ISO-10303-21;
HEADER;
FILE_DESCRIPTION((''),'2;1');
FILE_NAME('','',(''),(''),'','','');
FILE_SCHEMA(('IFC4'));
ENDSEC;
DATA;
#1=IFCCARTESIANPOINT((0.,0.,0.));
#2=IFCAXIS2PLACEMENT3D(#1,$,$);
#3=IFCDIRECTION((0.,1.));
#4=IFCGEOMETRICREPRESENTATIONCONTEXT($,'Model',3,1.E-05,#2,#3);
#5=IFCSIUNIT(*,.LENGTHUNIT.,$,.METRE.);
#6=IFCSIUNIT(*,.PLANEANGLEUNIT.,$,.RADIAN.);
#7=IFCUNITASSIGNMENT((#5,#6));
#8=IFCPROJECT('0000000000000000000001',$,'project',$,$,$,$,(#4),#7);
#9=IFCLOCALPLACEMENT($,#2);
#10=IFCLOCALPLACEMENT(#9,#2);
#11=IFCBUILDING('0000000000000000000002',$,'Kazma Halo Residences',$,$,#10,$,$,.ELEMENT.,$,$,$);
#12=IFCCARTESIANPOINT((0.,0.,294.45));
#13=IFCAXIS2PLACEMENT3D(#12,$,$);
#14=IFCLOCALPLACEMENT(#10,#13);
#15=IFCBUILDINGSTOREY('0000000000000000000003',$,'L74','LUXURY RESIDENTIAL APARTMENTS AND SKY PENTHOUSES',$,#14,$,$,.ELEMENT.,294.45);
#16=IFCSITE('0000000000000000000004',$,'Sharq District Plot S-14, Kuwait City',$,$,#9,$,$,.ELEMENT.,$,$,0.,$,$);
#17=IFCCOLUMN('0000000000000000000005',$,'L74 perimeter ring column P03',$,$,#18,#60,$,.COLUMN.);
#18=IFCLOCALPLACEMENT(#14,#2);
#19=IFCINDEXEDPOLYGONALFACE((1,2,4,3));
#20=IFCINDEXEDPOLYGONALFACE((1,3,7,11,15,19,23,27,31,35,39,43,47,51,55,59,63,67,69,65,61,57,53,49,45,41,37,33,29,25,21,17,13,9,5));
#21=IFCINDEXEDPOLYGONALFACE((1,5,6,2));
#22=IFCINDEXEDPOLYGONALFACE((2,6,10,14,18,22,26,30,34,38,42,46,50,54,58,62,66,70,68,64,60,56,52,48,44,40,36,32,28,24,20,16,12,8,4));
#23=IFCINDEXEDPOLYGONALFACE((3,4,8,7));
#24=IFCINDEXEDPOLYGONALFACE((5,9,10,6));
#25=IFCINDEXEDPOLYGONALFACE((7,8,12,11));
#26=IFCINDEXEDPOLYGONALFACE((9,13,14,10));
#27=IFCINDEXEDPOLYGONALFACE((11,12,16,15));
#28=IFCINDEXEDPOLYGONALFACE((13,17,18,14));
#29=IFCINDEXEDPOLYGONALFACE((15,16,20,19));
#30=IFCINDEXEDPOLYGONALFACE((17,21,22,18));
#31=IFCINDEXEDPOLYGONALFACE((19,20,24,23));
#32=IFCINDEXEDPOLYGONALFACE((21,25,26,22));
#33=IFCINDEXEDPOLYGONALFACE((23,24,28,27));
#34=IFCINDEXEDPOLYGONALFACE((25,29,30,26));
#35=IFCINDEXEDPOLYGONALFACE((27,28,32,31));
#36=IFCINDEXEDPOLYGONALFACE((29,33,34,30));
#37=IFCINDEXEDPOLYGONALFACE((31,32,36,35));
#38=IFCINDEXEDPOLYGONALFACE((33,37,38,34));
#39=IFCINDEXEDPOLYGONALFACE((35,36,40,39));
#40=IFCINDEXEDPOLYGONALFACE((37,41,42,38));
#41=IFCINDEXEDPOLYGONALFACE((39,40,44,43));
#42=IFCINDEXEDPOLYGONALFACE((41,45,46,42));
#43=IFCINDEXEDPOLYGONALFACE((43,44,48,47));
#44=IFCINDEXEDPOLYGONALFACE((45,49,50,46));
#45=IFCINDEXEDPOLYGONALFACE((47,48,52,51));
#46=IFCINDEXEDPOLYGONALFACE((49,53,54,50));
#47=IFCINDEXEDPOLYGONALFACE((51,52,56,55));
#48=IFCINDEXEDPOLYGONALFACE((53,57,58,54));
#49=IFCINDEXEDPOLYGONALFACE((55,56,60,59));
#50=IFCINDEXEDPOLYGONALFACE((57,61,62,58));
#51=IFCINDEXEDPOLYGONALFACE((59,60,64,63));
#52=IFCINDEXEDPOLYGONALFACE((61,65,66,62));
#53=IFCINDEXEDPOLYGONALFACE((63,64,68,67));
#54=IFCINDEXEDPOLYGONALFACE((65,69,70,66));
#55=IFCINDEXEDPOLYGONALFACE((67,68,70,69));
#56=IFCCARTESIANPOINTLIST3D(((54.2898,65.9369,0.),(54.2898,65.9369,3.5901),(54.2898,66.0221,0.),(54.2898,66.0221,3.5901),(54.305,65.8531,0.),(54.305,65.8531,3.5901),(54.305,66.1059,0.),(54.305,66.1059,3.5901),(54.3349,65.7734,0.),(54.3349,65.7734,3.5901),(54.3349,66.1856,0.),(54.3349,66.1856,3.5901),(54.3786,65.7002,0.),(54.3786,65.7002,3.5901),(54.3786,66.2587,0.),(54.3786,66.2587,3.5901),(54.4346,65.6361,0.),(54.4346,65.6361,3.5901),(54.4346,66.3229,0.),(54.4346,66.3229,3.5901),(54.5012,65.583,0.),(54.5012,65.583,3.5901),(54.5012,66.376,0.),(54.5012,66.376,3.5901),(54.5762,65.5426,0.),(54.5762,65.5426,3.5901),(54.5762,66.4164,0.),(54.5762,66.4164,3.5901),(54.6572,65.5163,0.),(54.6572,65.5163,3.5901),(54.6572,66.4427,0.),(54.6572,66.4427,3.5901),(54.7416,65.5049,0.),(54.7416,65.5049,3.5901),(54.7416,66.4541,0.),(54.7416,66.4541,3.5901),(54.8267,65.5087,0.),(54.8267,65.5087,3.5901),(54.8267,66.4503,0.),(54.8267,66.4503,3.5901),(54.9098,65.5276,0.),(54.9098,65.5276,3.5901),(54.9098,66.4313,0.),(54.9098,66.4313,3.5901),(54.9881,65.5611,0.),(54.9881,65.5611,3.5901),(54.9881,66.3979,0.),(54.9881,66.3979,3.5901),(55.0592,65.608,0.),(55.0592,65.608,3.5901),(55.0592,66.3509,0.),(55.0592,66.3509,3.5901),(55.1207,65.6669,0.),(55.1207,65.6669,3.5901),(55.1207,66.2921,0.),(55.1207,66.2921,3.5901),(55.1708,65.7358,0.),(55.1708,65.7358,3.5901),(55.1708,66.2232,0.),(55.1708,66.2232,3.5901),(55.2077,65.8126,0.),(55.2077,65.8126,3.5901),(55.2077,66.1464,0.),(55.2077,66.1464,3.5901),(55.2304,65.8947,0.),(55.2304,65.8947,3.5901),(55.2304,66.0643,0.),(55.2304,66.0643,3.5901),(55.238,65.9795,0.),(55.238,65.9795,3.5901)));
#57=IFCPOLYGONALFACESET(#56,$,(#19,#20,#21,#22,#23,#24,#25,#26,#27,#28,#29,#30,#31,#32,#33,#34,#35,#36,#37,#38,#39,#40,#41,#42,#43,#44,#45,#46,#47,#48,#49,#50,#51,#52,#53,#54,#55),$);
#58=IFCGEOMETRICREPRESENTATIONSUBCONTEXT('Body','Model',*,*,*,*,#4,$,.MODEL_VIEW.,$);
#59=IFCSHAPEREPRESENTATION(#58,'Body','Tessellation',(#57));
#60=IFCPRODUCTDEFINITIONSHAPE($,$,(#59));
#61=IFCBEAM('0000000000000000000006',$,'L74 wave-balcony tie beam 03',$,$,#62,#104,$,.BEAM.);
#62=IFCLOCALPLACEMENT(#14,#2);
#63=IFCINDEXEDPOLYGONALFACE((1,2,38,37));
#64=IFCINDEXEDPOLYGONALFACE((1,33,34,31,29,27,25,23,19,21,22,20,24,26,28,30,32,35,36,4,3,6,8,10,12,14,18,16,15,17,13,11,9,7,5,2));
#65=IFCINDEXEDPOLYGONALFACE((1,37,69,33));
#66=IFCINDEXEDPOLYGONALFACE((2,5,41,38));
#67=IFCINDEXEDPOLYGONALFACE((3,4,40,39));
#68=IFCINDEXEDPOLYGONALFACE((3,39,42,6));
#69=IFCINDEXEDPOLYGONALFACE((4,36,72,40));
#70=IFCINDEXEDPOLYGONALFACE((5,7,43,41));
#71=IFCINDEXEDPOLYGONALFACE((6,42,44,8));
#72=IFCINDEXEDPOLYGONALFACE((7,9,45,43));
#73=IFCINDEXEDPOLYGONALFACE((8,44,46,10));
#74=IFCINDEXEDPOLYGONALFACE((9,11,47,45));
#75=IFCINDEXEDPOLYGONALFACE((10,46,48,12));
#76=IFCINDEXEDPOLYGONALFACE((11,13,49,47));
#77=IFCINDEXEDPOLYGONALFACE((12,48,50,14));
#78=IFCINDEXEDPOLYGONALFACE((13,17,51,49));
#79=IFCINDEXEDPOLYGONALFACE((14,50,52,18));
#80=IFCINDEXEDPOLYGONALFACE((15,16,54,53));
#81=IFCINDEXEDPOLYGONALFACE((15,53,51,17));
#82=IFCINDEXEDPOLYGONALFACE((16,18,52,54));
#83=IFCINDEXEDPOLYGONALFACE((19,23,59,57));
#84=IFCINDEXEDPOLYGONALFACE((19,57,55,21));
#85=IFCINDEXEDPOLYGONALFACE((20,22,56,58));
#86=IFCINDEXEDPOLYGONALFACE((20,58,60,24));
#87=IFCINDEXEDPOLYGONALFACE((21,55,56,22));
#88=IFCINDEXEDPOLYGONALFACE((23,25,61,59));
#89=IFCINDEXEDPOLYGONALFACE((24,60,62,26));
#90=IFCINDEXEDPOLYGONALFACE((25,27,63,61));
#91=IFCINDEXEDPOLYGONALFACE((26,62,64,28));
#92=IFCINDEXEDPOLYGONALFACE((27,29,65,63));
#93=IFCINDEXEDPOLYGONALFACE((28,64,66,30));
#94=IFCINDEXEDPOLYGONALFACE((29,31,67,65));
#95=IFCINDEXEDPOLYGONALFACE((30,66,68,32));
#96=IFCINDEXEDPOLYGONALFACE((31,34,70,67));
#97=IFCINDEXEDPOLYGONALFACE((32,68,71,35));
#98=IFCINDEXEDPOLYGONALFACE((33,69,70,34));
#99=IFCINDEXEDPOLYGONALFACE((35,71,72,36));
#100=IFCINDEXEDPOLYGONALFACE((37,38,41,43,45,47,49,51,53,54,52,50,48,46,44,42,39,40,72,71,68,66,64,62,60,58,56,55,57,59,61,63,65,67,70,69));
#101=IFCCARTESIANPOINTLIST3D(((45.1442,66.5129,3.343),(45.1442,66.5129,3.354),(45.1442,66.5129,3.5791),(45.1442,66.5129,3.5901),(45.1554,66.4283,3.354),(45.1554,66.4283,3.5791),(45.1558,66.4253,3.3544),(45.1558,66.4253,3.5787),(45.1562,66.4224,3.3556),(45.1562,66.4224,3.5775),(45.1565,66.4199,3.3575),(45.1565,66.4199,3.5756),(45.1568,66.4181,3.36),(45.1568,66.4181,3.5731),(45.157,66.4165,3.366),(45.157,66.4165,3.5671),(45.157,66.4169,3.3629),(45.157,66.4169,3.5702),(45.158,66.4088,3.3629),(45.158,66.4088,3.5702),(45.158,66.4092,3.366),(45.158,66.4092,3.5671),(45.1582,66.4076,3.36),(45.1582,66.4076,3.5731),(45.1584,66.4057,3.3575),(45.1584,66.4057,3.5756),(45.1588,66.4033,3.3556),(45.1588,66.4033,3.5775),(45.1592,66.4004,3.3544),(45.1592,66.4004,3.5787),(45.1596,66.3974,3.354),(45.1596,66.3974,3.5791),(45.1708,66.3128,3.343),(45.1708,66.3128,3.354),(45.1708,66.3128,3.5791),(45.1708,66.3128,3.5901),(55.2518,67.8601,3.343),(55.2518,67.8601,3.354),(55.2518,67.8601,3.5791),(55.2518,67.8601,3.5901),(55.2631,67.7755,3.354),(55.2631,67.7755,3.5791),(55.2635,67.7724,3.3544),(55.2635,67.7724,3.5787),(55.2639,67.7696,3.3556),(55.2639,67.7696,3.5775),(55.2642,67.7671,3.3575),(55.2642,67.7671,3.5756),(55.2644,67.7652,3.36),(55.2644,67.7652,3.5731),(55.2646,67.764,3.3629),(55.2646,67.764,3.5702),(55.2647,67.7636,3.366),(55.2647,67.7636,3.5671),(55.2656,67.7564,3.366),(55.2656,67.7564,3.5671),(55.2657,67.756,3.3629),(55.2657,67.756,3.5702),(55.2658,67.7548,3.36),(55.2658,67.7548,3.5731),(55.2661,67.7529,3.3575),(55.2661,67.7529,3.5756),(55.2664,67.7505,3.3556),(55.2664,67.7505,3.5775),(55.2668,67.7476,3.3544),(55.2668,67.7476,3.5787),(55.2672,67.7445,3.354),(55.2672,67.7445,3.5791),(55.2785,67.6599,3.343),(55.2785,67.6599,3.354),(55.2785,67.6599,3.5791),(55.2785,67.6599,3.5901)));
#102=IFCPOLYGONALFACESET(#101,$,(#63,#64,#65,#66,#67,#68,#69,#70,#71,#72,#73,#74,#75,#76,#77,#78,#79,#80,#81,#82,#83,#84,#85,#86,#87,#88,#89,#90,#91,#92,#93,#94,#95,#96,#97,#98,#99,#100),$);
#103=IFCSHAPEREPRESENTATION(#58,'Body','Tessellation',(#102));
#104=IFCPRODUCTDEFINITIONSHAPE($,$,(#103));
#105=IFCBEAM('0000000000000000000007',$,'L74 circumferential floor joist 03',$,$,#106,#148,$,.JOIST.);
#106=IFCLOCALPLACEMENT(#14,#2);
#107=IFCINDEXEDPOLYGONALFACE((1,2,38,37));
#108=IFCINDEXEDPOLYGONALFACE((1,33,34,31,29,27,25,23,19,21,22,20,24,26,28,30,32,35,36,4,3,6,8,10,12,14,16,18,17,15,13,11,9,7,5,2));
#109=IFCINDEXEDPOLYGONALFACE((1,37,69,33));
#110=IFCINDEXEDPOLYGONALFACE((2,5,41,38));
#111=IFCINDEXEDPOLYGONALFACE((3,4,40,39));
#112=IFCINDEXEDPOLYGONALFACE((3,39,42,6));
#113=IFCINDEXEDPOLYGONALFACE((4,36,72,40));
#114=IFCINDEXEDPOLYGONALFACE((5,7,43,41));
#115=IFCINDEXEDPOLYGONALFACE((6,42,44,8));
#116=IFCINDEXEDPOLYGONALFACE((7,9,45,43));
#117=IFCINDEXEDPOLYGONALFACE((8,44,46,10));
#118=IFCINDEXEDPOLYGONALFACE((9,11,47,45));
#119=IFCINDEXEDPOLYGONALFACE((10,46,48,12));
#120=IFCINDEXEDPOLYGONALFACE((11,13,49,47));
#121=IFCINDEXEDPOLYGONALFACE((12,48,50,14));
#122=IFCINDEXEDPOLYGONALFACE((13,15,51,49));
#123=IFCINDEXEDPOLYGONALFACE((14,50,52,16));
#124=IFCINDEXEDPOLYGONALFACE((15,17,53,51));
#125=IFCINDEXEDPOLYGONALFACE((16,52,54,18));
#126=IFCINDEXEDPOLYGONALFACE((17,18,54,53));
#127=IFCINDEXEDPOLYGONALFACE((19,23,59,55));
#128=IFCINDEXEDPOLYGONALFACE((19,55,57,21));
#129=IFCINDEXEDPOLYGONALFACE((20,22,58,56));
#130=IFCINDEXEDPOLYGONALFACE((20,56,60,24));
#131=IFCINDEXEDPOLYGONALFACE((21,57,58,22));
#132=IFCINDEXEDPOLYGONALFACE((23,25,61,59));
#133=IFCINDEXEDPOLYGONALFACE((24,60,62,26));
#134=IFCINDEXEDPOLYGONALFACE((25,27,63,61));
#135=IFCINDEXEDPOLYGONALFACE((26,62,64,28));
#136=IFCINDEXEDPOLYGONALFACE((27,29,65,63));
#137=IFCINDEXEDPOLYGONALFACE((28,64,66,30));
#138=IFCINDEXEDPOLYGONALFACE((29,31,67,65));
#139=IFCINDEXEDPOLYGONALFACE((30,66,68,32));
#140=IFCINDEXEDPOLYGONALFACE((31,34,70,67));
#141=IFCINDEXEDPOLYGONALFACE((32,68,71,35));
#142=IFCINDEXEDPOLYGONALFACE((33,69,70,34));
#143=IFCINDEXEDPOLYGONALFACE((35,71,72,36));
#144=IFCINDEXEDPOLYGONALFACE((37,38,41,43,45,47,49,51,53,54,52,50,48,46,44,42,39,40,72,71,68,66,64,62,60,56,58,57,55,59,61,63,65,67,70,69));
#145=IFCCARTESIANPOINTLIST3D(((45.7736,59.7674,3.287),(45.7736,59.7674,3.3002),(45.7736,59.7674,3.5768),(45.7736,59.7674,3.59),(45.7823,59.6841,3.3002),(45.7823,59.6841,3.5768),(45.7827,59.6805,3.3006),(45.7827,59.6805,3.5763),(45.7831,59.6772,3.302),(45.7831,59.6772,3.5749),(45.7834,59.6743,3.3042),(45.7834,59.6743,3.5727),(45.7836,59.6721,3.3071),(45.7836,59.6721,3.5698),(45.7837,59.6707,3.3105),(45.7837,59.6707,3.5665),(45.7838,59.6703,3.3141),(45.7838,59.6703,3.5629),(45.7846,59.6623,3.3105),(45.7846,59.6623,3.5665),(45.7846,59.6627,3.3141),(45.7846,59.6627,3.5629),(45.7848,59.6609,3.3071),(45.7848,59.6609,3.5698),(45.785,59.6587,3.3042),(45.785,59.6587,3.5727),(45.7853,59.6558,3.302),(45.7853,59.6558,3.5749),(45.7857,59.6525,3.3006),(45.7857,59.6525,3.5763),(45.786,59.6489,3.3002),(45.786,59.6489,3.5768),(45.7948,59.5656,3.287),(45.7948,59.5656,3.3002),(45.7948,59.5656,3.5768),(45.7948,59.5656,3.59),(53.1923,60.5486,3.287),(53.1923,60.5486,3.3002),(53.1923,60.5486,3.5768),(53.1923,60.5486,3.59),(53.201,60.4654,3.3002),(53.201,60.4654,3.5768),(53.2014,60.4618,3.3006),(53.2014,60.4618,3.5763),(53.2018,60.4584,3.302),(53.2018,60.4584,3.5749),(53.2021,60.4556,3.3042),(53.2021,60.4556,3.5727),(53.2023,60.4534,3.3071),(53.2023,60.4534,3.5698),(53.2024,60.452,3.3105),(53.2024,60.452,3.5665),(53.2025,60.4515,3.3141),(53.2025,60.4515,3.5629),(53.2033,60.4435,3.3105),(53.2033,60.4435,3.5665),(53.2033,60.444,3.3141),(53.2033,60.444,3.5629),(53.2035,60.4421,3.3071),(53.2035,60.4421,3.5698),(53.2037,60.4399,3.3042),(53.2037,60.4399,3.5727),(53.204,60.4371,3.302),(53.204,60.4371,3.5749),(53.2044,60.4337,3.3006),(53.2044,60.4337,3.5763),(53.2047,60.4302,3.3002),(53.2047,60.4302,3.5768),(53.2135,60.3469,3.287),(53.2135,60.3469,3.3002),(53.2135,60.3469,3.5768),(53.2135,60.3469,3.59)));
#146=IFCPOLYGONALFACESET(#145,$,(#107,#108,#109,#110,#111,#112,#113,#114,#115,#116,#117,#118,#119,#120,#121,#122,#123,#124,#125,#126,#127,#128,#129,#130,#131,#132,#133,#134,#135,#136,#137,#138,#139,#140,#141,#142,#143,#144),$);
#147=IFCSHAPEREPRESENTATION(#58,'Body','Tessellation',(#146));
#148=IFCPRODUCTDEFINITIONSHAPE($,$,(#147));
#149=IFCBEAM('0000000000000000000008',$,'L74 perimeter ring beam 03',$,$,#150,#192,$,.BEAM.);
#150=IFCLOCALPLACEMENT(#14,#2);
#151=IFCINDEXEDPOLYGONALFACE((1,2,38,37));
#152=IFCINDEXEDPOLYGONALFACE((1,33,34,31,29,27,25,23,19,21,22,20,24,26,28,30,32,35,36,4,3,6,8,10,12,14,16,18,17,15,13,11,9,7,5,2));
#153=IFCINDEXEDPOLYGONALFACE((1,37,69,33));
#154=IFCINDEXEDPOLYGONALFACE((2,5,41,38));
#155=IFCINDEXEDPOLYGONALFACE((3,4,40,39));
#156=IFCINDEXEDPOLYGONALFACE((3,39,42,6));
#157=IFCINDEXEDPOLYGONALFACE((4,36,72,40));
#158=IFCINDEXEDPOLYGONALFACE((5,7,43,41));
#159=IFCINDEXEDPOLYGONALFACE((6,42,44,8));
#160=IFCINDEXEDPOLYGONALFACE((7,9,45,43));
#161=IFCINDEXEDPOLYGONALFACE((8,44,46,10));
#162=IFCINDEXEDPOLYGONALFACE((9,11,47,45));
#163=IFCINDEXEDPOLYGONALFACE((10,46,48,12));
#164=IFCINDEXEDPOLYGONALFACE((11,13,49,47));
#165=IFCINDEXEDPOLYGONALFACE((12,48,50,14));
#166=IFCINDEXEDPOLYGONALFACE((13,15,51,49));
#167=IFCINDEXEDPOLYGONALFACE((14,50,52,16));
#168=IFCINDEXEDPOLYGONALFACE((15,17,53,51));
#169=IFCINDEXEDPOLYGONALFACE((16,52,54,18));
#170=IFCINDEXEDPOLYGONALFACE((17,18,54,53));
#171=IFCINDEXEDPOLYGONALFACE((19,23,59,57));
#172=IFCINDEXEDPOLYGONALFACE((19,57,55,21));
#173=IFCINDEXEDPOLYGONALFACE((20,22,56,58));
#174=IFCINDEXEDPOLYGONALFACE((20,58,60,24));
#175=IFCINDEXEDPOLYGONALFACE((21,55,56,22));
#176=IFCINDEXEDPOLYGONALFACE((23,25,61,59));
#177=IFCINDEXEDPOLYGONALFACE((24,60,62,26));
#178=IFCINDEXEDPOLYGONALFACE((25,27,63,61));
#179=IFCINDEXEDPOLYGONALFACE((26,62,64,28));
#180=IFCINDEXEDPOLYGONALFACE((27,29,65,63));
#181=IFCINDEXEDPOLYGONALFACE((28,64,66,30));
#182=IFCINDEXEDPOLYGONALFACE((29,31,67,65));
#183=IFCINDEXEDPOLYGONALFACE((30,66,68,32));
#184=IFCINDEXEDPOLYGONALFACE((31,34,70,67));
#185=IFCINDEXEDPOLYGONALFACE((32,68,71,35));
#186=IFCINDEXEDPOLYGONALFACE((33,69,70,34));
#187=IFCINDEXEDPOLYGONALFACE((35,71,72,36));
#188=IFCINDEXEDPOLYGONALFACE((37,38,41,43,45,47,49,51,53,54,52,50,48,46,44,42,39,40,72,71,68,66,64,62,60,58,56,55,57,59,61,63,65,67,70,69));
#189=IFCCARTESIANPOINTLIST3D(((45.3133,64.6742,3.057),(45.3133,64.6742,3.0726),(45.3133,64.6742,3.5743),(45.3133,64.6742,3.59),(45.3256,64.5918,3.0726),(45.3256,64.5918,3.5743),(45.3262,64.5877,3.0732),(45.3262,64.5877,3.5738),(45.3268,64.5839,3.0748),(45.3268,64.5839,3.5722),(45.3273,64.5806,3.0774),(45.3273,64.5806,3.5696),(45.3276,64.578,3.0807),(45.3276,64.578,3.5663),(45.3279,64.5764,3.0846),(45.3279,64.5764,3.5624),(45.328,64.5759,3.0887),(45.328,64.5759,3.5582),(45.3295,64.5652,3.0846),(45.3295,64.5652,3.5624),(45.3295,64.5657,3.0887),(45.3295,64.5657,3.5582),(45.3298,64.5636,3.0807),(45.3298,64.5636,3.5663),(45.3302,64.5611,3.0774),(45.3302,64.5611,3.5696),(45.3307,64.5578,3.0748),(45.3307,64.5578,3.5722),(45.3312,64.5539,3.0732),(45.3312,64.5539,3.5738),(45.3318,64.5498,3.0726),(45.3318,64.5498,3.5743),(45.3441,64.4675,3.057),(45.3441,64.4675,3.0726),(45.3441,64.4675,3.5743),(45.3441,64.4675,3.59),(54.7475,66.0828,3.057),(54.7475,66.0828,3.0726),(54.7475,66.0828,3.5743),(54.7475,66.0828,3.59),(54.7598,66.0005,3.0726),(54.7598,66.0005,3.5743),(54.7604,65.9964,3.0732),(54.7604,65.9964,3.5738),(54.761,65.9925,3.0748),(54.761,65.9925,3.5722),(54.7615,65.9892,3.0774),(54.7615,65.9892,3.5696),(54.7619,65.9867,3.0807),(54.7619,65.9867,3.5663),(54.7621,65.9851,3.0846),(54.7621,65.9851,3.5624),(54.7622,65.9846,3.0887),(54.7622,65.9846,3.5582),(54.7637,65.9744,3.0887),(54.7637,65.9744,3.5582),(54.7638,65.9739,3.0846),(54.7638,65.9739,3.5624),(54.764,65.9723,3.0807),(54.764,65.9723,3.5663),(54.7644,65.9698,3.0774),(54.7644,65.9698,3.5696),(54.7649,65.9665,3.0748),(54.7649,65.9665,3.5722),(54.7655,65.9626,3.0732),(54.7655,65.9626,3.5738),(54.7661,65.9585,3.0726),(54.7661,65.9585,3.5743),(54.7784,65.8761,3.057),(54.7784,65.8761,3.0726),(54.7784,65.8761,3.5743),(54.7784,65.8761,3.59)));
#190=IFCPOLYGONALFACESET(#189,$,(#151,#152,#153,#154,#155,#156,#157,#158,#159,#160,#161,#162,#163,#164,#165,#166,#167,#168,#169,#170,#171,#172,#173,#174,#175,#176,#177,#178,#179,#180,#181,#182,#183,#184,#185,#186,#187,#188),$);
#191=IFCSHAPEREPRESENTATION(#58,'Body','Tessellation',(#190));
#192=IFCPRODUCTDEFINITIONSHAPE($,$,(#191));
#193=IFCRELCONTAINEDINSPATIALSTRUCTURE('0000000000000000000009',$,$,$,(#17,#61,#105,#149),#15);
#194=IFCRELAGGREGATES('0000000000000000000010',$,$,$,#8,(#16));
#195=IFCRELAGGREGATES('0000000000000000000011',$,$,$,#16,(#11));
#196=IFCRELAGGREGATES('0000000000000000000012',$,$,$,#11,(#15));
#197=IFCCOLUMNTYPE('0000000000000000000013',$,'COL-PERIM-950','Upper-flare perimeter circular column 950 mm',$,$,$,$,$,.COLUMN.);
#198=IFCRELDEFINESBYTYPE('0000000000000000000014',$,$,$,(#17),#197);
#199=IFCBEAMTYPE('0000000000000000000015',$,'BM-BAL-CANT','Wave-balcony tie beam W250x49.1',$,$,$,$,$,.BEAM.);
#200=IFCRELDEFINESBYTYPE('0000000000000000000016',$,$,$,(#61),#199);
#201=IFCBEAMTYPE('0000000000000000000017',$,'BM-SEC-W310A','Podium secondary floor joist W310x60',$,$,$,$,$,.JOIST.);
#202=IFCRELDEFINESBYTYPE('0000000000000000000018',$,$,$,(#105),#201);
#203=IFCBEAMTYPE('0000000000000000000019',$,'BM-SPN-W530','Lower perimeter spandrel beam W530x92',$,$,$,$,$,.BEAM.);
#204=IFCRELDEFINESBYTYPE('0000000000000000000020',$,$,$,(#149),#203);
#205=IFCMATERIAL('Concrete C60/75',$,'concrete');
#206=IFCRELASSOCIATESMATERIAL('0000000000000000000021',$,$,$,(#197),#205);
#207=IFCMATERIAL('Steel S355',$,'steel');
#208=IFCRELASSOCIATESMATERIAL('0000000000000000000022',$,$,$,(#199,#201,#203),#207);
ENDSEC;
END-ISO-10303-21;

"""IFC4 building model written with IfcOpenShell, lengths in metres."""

from ifc_helpers import new_model, si_unit, direction, frame, origin, origin_2d, place, context, subcontext, project, spatial, circle, i_section, extrude, material, material_profile, profile_set, type_object, element, save


model = new_model("IFC4")

# Units and contexts
model_context = context("Model", 3, precision=1e-05, world=origin(), true_north=direction((0.0, 1.0)))
body_context = subcontext(model_context, "Body", "Model", "MODEL_VIEW")
ifc_project = project(units=[si_unit("LENGTHUNIT", "METRE"), si_unit("PLANEANGLEUNIT", "RADIAN")], contexts=[model_context])

# Site, building, storey
site_placement = place(None, origin())
site = spatial("IfcSite", under=ifc_project, at=site_placement, Name="Sharq District Plot S-14, Kuwait City", CompositionType="ELEMENT", RefElevation=0.0)
building_placement = place(site_placement, origin())
building = spatial("IfcBuilding", under=site, at=building_placement, Name="Kazma Halo Residences", CompositionType="ELEMENT")
storey_placement = place(building_placement, frame((0.0, 0.0, 294.45)))
storey = spatial("IfcBuildingStorey", under=building, at=storey_placement, Name="L74", Description="LUXURY RESIDENTIAL APARTMENTS AND SKY PENTHOUSES", CompositionType="ELEMENT", Elevation=294.45)

# Column
ifc_material_1 = material(Name="Concrete C60/75", Category="concrete")
ifc_material_profile_1 = material_profile(ifc_material_1, circle(Radius=0.4751, at=origin_2d()), Name="CIRC950")
ifc_profile_set_1 = profile_set([ifc_material_profile_1], Name="Concrete C60/75")
column_type = type_object("IfcColumnType", Name="COL-PERIM-950", Description="Upper-flare perimeter circular column 950 mm", PredefinedType="COLUMN", material=ifc_profile_set_1)
column_placement = place(storey_placement, frame((54.7629, 65.9795, 0.0), z_axis=(0.0, 0.0, 1.0), x_axis=(1.0, 0.0, 0.0)))
element("IfcColumn", 1, at=column_placement, inside=storey, type_object=column_type, Name="L74 perimeter ring column P03", PredefinedType="COLUMN", context=body_context, shape_type="SweptSolid", body=[
    extrude(circle(Radius=0.4751, at=origin_2d()), origin(), (0.0, 0.0, 1.0), 3.5901),
])

# Beams
ifc_material_2 = material(Name="Steel S355", Category="steel")
ifc_material_profile_2 = material_profile(ifc_material_2, i_section(OverallWidth=0.2019, OverallDepth=0.2471, WebThickness=0.0073, FlangeThickness=0.011, FilletRadius=0.012, at=origin_2d()), Name="W250x49.1")
ifc_profile_set_2 = profile_set([ifc_material_profile_2], Name="Steel S355")
beam_type_1 = type_object("IfcBeamType", Name="BM-BAL-CANT", Description="Wave-balcony tie beam W250x49.1", PredefinedType="BEAM", material=ifc_profile_set_2)
beam_1_placement = place(storey_placement, frame((55.2651, 67.76, 3.4666), z_axis=(-0.991235, -0.132114, 0.0), x_axis=(0.132114, -0.991235, 0.0)))
element("IfcBeam", 2, at=beam_1_placement, inside=storey, type_object=beam_type_1, Name="L74 wave-balcony tie beam 03", PredefinedType="BEAM", context=body_context, shape_type="SweptSolid", body=[
    extrude(i_section(OverallWidth=0.2019, OverallDepth=0.2471, WebThickness=0.0073, FlangeThickness=0.011, FilletRadius=0.012, at=origin_2d()), origin(), (0.0, 0.0, 1.0), 10.197),
])
ifc_material_profile_3 = material_profile(ifc_material_2, i_section(OverallWidth=0.2029, OverallDepth=0.303, WebThickness=0.0076, FlangeThickness=0.0132, FilletRadius=0.0139, at=origin_2d()), Name="W310x60")
ifc_profile_set_3 = profile_set([ifc_material_profile_3], Name="Steel S355")
beam_type_2 = type_object("IfcBeamType", Name="BM-SEC-W310A", Description="Podium secondary floor joist W310x60", PredefinedType="JOIST", material=ifc_profile_set_3)
beam_2_placement = place(storey_placement, frame((53.2029, 60.4478, 3.4385), z_axis=(-0.994501, -0.104729, 0.0), x_axis=(0.104729, -0.994501, 0.0)))
element("IfcBeam", 3, at=beam_2_placement, inside=storey, type_object=beam_type_2, Name="L74 circumferential floor joist 03", PredefinedType="JOIST", context=body_context, shape_type="SweptSolid", body=[
    extrude(i_section(OverallWidth=0.2029, OverallDepth=0.303, WebThickness=0.0076, FlangeThickness=0.0132, FilletRadius=0.0139, at=origin_2d()), origin(), (0.0, 0.0, 1.0), 7.4597),
])
ifc_material_profile_4 = material_profile(ifc_material_2, i_section(OverallWidth=0.209, OverallDepth=0.533, WebThickness=0.0103, FlangeThickness=0.0156, FilletRadius=0.0161, at=origin_2d()), Name="W530x92")
ifc_profile_set_4 = profile_set([ifc_material_profile_4], Name="Steel S355")
beam_type_3 = type_object("IfcBeamType", Name="BM-SPN-W530", Description="Lower perimeter spandrel beam W530x92", PredefinedType="BEAM", material=ifc_profile_set_4)
beam_3_placement = place(storey_placement, frame((54.7629, 65.9795, 3.3235), z_axis=(-0.989035, -0.147678, 0.0), x_axis=(0.147678, -0.989035, 0.0)))
element("IfcBeam", 4, at=beam_3_placement, inside=storey, type_object=beam_type_3, Name="L74 perimeter ring beam 03", PredefinedType="BEAM", context=body_context, shape_type="SweptSolid", body=[
    extrude(i_section(OverallWidth=0.209, OverallDepth=0.533, WebThickness=0.0103, FlangeThickness=0.0156, FilletRadius=0.0161, at=origin_2d()), origin(), (0.0, 0.0, 1.0), 9.5388),
])

save(model, "model.ifc")
